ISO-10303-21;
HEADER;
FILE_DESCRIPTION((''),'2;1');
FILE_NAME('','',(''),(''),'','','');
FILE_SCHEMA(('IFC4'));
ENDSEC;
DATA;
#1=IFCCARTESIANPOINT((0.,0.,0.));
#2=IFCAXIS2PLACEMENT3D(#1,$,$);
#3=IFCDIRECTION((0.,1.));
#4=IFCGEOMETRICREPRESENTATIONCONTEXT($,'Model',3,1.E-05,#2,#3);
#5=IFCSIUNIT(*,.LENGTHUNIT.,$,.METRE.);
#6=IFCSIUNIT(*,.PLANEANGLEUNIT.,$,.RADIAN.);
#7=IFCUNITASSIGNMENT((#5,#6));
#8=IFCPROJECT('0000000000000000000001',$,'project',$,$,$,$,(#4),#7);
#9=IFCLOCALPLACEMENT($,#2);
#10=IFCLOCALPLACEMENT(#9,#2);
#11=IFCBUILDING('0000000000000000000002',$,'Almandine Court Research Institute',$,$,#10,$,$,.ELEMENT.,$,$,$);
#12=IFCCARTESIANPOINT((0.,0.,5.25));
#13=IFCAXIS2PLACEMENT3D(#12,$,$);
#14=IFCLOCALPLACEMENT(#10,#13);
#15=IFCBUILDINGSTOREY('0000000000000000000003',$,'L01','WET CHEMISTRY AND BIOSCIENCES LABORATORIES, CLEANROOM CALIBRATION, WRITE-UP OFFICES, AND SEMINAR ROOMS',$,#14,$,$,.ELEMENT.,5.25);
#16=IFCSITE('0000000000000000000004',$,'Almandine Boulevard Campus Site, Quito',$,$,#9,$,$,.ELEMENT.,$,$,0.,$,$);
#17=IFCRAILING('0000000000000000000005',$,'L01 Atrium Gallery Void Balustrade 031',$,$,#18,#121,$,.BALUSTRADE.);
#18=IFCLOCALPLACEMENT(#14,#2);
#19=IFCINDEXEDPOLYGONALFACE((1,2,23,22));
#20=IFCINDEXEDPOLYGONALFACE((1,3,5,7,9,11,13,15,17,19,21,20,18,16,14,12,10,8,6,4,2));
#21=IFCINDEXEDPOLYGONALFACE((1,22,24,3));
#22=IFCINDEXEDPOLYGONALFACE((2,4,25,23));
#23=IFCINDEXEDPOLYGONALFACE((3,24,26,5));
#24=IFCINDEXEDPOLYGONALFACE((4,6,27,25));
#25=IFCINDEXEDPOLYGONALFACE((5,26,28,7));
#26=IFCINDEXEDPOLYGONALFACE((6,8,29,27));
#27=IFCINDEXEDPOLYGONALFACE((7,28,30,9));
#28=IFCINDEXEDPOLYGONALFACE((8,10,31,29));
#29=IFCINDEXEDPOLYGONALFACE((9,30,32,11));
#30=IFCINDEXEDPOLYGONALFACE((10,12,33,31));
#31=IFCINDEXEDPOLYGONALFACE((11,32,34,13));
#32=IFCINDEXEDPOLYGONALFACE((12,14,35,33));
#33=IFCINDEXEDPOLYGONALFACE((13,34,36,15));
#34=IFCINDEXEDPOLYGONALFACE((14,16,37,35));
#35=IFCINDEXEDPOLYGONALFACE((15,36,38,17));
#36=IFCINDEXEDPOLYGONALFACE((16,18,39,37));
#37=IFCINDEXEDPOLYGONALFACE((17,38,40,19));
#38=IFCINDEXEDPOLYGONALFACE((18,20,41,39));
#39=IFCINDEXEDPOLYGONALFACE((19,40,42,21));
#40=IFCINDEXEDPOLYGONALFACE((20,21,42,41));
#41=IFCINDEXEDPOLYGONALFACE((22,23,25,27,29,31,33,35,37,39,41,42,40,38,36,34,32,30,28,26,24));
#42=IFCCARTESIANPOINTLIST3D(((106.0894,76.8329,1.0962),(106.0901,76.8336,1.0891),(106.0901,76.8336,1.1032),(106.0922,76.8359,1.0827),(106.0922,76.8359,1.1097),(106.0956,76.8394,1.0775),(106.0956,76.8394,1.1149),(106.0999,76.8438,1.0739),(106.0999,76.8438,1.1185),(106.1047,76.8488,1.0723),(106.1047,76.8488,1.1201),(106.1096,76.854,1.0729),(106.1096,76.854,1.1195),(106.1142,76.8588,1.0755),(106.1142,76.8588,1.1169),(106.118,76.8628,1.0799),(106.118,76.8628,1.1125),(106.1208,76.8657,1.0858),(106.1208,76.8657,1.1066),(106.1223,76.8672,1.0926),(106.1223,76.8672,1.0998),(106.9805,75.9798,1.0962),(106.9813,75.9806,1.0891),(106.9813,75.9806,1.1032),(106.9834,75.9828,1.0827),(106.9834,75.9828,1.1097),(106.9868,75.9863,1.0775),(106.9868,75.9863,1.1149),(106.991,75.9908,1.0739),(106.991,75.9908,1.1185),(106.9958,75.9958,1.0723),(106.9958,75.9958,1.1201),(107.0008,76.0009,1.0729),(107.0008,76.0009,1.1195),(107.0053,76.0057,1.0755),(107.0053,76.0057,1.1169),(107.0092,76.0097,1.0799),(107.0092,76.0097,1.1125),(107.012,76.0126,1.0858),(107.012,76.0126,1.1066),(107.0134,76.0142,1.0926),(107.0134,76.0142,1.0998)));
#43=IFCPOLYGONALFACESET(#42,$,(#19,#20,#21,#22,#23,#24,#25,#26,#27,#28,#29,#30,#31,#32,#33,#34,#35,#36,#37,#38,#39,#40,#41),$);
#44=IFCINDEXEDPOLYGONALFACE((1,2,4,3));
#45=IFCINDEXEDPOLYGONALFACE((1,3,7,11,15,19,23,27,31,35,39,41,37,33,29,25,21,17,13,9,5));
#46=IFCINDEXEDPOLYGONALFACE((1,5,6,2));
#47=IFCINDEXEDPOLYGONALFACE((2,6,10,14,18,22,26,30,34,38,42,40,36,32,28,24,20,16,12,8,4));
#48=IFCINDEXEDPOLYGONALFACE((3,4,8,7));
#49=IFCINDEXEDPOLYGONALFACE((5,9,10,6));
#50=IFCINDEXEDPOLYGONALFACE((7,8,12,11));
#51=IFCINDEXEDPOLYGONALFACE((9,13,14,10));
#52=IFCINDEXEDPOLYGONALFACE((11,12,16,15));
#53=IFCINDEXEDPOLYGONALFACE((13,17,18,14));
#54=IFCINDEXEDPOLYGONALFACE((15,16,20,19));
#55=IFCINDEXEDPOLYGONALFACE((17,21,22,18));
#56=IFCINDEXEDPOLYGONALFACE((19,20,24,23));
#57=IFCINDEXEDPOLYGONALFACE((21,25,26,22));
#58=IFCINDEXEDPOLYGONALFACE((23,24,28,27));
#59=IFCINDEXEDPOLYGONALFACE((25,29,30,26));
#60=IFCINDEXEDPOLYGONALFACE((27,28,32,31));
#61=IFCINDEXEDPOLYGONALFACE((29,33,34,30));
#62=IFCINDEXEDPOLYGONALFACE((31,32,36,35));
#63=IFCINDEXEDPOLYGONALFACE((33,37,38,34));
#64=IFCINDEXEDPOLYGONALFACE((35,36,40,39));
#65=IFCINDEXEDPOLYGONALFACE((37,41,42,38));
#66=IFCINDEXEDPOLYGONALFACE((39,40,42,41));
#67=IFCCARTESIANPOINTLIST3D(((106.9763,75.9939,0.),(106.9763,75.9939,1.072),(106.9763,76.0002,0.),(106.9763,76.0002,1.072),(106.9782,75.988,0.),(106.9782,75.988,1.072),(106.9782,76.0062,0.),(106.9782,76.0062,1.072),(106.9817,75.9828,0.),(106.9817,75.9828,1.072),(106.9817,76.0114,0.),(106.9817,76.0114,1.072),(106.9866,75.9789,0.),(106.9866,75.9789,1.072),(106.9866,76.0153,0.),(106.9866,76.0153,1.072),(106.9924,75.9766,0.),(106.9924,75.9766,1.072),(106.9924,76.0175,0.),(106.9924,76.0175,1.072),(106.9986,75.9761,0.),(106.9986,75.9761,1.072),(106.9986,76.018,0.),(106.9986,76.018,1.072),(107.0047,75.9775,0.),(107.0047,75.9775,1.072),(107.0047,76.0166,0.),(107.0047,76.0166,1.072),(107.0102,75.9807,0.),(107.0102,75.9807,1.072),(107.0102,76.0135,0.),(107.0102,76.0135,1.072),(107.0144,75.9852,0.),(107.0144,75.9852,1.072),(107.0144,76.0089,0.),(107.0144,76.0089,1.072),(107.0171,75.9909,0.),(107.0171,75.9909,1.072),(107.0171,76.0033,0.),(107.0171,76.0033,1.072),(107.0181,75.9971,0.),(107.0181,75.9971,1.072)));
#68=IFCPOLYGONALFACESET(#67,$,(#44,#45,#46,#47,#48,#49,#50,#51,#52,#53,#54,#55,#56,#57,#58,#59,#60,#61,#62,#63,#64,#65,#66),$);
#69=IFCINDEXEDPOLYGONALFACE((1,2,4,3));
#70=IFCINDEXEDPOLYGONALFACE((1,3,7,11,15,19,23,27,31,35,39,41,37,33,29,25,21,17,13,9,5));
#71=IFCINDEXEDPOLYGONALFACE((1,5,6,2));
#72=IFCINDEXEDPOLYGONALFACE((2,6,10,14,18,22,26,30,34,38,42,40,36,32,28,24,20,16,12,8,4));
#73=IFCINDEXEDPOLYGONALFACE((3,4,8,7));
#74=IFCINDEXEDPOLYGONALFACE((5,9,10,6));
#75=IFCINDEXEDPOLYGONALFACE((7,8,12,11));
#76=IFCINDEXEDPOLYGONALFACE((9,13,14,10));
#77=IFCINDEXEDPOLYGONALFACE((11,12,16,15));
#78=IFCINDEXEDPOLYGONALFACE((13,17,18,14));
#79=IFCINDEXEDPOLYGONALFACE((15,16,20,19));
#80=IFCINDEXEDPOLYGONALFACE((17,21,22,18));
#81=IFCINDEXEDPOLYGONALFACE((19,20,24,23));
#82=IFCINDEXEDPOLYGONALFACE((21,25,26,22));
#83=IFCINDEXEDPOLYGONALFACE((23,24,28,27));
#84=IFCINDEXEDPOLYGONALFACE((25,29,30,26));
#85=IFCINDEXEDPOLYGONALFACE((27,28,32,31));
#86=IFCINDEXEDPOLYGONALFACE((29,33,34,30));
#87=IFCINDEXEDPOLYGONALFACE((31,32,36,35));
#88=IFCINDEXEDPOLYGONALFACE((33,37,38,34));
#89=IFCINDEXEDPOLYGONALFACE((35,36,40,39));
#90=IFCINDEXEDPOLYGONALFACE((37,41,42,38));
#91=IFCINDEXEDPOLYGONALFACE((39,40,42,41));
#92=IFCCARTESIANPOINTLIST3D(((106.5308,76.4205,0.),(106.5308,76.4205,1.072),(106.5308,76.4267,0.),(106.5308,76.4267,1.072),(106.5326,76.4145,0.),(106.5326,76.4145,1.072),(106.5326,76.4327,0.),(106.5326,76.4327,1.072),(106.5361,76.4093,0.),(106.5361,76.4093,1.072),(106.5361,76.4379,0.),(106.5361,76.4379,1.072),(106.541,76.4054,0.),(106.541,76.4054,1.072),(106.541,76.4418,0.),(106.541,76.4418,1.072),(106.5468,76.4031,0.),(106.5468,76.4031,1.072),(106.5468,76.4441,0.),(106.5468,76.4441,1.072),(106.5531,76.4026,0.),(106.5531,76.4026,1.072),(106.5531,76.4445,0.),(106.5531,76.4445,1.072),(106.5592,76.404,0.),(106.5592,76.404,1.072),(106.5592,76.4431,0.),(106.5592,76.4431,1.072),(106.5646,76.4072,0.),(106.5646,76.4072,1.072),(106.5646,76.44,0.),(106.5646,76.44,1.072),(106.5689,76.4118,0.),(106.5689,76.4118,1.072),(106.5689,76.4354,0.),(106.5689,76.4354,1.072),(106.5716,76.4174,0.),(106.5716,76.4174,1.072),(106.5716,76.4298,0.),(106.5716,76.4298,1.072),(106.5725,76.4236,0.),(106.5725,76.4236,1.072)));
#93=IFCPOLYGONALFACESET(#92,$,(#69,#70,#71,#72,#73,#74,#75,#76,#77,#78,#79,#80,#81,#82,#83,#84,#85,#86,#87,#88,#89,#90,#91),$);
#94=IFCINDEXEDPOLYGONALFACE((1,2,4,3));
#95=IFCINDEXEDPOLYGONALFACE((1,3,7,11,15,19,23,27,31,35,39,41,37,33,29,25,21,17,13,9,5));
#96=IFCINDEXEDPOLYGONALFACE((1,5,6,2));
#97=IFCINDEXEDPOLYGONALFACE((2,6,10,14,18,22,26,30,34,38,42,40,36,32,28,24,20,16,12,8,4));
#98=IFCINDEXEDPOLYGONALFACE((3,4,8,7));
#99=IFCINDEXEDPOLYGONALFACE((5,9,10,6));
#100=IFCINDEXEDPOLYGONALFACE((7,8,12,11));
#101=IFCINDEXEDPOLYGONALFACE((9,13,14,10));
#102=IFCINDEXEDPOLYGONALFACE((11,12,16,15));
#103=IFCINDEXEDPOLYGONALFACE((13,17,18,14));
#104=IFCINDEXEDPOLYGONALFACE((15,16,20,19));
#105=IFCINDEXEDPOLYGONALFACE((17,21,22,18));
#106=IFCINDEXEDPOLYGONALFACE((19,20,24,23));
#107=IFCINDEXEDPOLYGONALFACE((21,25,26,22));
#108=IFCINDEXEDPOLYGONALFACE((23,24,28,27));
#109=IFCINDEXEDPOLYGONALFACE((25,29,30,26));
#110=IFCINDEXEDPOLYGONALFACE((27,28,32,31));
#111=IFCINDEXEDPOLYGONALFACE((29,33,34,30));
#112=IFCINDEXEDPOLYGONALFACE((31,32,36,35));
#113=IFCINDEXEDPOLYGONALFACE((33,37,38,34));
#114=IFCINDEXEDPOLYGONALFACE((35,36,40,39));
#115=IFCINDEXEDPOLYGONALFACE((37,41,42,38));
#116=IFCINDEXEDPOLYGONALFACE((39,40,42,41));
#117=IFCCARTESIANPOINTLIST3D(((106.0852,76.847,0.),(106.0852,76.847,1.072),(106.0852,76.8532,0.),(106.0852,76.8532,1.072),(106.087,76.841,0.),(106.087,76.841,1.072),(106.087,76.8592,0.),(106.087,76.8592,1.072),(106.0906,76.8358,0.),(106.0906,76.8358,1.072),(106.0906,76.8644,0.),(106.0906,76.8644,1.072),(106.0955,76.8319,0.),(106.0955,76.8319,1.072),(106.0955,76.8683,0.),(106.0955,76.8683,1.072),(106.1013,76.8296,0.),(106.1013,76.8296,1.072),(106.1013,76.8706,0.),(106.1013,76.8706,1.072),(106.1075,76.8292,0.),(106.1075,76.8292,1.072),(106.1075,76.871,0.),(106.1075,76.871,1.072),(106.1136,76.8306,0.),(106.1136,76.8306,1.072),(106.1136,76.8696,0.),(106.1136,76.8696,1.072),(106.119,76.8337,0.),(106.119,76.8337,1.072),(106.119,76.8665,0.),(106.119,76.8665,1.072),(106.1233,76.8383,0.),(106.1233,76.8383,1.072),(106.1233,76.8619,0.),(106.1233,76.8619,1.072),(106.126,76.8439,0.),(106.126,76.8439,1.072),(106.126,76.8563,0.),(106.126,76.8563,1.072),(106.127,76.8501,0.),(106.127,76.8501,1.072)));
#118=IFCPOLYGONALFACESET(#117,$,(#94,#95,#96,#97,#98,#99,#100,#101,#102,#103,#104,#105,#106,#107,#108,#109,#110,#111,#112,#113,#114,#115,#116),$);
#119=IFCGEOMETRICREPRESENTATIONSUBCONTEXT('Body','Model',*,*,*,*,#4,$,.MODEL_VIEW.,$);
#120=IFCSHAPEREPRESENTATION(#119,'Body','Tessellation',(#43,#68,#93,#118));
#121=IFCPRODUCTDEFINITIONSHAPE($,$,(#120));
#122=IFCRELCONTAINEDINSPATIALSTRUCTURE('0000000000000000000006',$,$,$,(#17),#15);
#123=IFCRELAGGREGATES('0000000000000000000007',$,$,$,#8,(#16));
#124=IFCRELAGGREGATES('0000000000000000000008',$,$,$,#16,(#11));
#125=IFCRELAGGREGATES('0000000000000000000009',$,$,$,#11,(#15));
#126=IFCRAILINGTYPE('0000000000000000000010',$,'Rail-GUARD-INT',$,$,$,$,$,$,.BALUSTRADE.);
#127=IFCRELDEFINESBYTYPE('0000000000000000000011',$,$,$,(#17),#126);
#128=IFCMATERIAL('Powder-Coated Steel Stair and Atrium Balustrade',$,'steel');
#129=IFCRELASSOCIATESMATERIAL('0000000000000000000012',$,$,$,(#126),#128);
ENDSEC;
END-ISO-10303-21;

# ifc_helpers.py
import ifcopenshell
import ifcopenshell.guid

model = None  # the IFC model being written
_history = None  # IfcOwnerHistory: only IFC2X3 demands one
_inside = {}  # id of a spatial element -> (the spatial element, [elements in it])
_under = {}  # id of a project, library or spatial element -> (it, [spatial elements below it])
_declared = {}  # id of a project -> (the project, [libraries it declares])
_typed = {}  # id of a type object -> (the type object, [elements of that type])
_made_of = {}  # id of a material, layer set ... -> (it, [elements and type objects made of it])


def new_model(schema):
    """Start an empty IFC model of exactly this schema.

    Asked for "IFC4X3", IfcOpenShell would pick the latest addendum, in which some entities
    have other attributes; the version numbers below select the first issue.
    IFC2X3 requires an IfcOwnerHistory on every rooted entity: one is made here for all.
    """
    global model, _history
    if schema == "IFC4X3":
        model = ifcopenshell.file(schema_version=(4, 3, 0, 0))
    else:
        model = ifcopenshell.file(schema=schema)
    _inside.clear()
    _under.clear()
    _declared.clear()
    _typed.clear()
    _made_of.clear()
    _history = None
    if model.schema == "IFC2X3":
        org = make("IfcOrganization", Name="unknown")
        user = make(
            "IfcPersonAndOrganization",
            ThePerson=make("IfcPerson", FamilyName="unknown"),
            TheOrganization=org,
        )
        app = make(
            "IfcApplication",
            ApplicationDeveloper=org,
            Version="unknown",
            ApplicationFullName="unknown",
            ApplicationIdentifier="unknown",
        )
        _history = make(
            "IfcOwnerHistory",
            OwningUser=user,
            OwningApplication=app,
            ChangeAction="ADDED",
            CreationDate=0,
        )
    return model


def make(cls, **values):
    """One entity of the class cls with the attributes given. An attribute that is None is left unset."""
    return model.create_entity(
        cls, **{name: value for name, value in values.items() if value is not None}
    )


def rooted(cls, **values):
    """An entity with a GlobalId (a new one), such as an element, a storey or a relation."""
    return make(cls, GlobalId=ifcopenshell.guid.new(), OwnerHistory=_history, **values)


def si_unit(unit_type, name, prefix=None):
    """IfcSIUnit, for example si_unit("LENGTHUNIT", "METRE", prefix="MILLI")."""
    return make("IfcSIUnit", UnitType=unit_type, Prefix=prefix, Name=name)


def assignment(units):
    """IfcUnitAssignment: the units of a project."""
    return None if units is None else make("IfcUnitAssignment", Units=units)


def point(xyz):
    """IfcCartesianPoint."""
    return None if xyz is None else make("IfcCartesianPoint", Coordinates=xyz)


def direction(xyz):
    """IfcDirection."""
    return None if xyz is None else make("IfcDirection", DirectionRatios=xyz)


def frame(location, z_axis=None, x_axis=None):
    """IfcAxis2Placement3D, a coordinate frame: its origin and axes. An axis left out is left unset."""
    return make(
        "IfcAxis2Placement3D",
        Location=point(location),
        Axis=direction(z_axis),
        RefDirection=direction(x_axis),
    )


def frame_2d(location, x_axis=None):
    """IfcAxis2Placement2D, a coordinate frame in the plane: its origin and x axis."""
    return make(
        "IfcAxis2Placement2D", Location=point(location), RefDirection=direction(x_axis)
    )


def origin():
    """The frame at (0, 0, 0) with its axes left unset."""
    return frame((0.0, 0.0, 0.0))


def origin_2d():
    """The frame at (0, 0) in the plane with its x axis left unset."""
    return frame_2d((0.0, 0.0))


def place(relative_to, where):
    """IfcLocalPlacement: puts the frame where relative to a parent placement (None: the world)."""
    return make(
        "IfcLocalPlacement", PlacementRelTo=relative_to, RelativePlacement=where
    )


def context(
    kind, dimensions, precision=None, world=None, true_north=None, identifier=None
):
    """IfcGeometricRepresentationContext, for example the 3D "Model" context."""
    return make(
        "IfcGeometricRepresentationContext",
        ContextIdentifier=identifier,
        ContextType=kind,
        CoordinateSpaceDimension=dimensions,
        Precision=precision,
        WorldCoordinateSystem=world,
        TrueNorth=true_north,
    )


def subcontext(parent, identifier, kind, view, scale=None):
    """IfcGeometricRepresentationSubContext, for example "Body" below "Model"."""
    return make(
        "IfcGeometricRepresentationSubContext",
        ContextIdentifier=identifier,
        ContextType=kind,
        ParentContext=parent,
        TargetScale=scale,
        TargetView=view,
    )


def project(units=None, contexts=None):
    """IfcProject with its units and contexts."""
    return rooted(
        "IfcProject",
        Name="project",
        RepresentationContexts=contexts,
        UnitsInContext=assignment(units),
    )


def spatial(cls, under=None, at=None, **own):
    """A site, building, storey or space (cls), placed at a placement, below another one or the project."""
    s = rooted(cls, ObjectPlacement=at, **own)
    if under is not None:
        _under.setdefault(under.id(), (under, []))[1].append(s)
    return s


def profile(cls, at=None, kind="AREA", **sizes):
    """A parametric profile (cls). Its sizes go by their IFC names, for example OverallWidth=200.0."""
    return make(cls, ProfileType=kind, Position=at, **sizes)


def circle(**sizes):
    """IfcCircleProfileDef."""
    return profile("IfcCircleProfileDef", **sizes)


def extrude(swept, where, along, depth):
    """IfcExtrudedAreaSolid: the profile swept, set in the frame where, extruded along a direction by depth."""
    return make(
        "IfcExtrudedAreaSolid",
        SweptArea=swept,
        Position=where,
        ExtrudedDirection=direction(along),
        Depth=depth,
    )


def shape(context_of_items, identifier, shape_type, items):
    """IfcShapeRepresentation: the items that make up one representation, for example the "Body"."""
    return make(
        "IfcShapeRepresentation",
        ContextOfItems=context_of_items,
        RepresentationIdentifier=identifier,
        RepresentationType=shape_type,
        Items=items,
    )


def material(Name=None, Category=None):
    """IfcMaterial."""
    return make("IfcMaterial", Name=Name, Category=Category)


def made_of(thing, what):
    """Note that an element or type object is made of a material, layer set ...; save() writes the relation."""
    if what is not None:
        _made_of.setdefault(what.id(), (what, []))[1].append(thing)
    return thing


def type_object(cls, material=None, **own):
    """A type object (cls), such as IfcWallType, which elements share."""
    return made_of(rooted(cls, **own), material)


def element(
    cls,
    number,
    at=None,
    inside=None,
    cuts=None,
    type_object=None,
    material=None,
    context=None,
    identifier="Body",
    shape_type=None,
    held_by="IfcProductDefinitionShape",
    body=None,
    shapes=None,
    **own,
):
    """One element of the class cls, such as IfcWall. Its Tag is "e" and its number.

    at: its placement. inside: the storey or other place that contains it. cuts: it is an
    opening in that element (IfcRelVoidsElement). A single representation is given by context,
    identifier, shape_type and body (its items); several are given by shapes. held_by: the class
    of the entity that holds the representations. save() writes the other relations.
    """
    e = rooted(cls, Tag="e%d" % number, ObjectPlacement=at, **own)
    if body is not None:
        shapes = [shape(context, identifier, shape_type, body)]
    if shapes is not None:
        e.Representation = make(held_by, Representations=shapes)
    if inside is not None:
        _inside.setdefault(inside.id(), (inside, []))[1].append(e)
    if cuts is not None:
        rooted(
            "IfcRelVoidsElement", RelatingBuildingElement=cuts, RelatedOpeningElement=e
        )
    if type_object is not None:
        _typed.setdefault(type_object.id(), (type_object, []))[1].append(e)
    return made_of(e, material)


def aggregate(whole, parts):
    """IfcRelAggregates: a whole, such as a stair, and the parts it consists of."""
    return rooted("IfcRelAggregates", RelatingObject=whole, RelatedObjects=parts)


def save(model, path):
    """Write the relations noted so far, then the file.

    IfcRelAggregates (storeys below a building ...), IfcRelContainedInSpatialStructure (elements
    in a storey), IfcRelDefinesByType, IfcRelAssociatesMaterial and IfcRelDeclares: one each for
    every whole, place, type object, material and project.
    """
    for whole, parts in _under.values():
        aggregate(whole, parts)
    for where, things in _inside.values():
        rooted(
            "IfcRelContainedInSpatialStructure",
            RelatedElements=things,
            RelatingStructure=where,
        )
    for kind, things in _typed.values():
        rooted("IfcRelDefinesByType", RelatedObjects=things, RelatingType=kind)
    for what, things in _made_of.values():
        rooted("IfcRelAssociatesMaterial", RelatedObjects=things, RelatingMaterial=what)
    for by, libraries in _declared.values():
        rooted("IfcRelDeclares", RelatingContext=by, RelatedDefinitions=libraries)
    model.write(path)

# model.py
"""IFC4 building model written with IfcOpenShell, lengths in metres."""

from ifc_helpers import new_model, si_unit, direction, frame, origin, origin_2d, place, context, subcontext, project, spatial, circle, extrude, material, type_object, element, save


model = new_model("IFC4")

# Units and contexts
model_context = context("Model", 3, precision=1e-05, world=origin(), true_north=direction((0.0, 1.0)))
body_context = subcontext(model_context, "Body", "Model", "MODEL_VIEW")
ifc_project = project(units=[si_unit("LENGTHUNIT", "METRE"), si_unit("PLANEANGLEUNIT", "RADIAN")], contexts=[model_context])

# Site, building, storey
site_placement = place(None, origin())
site = spatial("IfcSite", under=ifc_project, at=site_placement, Name="Almandine Boulevard Campus Site, Quito", CompositionType="ELEMENT", RefElevation=0.0)
building_placement = place(site_placement, origin())
building = spatial("IfcBuilding", under=site, at=building_placement, Name="Almandine Court Research Institute", CompositionType="ELEMENT")
storey_placement = place(building_placement, frame((0.0, 0.0, 5.25)))
storey = spatial("IfcBuildingStorey", under=building, at=storey_placement, Name="L01", Description="WET CHEMISTRY AND BIOSCIENCES LABORATORIES, CLEANROOM CALIBRATION, WRITE-UP OFFICES, AND SEMINAR ROOMS", CompositionType="ELEMENT", Elevation=5.25)

# Railing
ifc_material_1 = material(Name="Powder-Coated Steel Stair and Atrium Balustrade", Category="steel")
railing_type = type_object("IfcRailingType", Name="Rail-GUARD-INT", PredefinedType="BALUSTRADE", material=ifc_material_1)
railing_1_placement = place(storey_placement, frame((106.9971, 75.9971, 0.0)))
element("IfcRailing", 1, at=railing_1_placement, inside=storey, type_object=railing_type, Name="L01 Atrium Gallery Void Balustrade 031", PredefinedType="BALUSTRADE", context=body_context, shape_type="SweptSolid", body=[
    extrude(circle(Radius=0.0239, at=origin_2d()), frame((0.0, 0.0, 1.0962), z_axis=(-0.722375, 0.691501, 0.0), x_axis=(-0.691501, -0.722375, 0.0)), (0.0, 0.0, 1.0), 1.2336),
    extrude(circle(Radius=0.021, at=origin_2d()), origin(), (0.0, 0.0, 1.0), 1.072),
    extrude(circle(Radius=0.021, at=origin_2d()), frame((-0.4456, 0.4265, 0.0)), (0.0, 0.0, 1.0), 1.072),
    extrude(circle(Radius=0.021, at=origin_2d()), frame((-0.8911, 0.853, 0.0)), (0.0, 0.0, 1.0), 1.072),
])

save(model, "model.ifc")
